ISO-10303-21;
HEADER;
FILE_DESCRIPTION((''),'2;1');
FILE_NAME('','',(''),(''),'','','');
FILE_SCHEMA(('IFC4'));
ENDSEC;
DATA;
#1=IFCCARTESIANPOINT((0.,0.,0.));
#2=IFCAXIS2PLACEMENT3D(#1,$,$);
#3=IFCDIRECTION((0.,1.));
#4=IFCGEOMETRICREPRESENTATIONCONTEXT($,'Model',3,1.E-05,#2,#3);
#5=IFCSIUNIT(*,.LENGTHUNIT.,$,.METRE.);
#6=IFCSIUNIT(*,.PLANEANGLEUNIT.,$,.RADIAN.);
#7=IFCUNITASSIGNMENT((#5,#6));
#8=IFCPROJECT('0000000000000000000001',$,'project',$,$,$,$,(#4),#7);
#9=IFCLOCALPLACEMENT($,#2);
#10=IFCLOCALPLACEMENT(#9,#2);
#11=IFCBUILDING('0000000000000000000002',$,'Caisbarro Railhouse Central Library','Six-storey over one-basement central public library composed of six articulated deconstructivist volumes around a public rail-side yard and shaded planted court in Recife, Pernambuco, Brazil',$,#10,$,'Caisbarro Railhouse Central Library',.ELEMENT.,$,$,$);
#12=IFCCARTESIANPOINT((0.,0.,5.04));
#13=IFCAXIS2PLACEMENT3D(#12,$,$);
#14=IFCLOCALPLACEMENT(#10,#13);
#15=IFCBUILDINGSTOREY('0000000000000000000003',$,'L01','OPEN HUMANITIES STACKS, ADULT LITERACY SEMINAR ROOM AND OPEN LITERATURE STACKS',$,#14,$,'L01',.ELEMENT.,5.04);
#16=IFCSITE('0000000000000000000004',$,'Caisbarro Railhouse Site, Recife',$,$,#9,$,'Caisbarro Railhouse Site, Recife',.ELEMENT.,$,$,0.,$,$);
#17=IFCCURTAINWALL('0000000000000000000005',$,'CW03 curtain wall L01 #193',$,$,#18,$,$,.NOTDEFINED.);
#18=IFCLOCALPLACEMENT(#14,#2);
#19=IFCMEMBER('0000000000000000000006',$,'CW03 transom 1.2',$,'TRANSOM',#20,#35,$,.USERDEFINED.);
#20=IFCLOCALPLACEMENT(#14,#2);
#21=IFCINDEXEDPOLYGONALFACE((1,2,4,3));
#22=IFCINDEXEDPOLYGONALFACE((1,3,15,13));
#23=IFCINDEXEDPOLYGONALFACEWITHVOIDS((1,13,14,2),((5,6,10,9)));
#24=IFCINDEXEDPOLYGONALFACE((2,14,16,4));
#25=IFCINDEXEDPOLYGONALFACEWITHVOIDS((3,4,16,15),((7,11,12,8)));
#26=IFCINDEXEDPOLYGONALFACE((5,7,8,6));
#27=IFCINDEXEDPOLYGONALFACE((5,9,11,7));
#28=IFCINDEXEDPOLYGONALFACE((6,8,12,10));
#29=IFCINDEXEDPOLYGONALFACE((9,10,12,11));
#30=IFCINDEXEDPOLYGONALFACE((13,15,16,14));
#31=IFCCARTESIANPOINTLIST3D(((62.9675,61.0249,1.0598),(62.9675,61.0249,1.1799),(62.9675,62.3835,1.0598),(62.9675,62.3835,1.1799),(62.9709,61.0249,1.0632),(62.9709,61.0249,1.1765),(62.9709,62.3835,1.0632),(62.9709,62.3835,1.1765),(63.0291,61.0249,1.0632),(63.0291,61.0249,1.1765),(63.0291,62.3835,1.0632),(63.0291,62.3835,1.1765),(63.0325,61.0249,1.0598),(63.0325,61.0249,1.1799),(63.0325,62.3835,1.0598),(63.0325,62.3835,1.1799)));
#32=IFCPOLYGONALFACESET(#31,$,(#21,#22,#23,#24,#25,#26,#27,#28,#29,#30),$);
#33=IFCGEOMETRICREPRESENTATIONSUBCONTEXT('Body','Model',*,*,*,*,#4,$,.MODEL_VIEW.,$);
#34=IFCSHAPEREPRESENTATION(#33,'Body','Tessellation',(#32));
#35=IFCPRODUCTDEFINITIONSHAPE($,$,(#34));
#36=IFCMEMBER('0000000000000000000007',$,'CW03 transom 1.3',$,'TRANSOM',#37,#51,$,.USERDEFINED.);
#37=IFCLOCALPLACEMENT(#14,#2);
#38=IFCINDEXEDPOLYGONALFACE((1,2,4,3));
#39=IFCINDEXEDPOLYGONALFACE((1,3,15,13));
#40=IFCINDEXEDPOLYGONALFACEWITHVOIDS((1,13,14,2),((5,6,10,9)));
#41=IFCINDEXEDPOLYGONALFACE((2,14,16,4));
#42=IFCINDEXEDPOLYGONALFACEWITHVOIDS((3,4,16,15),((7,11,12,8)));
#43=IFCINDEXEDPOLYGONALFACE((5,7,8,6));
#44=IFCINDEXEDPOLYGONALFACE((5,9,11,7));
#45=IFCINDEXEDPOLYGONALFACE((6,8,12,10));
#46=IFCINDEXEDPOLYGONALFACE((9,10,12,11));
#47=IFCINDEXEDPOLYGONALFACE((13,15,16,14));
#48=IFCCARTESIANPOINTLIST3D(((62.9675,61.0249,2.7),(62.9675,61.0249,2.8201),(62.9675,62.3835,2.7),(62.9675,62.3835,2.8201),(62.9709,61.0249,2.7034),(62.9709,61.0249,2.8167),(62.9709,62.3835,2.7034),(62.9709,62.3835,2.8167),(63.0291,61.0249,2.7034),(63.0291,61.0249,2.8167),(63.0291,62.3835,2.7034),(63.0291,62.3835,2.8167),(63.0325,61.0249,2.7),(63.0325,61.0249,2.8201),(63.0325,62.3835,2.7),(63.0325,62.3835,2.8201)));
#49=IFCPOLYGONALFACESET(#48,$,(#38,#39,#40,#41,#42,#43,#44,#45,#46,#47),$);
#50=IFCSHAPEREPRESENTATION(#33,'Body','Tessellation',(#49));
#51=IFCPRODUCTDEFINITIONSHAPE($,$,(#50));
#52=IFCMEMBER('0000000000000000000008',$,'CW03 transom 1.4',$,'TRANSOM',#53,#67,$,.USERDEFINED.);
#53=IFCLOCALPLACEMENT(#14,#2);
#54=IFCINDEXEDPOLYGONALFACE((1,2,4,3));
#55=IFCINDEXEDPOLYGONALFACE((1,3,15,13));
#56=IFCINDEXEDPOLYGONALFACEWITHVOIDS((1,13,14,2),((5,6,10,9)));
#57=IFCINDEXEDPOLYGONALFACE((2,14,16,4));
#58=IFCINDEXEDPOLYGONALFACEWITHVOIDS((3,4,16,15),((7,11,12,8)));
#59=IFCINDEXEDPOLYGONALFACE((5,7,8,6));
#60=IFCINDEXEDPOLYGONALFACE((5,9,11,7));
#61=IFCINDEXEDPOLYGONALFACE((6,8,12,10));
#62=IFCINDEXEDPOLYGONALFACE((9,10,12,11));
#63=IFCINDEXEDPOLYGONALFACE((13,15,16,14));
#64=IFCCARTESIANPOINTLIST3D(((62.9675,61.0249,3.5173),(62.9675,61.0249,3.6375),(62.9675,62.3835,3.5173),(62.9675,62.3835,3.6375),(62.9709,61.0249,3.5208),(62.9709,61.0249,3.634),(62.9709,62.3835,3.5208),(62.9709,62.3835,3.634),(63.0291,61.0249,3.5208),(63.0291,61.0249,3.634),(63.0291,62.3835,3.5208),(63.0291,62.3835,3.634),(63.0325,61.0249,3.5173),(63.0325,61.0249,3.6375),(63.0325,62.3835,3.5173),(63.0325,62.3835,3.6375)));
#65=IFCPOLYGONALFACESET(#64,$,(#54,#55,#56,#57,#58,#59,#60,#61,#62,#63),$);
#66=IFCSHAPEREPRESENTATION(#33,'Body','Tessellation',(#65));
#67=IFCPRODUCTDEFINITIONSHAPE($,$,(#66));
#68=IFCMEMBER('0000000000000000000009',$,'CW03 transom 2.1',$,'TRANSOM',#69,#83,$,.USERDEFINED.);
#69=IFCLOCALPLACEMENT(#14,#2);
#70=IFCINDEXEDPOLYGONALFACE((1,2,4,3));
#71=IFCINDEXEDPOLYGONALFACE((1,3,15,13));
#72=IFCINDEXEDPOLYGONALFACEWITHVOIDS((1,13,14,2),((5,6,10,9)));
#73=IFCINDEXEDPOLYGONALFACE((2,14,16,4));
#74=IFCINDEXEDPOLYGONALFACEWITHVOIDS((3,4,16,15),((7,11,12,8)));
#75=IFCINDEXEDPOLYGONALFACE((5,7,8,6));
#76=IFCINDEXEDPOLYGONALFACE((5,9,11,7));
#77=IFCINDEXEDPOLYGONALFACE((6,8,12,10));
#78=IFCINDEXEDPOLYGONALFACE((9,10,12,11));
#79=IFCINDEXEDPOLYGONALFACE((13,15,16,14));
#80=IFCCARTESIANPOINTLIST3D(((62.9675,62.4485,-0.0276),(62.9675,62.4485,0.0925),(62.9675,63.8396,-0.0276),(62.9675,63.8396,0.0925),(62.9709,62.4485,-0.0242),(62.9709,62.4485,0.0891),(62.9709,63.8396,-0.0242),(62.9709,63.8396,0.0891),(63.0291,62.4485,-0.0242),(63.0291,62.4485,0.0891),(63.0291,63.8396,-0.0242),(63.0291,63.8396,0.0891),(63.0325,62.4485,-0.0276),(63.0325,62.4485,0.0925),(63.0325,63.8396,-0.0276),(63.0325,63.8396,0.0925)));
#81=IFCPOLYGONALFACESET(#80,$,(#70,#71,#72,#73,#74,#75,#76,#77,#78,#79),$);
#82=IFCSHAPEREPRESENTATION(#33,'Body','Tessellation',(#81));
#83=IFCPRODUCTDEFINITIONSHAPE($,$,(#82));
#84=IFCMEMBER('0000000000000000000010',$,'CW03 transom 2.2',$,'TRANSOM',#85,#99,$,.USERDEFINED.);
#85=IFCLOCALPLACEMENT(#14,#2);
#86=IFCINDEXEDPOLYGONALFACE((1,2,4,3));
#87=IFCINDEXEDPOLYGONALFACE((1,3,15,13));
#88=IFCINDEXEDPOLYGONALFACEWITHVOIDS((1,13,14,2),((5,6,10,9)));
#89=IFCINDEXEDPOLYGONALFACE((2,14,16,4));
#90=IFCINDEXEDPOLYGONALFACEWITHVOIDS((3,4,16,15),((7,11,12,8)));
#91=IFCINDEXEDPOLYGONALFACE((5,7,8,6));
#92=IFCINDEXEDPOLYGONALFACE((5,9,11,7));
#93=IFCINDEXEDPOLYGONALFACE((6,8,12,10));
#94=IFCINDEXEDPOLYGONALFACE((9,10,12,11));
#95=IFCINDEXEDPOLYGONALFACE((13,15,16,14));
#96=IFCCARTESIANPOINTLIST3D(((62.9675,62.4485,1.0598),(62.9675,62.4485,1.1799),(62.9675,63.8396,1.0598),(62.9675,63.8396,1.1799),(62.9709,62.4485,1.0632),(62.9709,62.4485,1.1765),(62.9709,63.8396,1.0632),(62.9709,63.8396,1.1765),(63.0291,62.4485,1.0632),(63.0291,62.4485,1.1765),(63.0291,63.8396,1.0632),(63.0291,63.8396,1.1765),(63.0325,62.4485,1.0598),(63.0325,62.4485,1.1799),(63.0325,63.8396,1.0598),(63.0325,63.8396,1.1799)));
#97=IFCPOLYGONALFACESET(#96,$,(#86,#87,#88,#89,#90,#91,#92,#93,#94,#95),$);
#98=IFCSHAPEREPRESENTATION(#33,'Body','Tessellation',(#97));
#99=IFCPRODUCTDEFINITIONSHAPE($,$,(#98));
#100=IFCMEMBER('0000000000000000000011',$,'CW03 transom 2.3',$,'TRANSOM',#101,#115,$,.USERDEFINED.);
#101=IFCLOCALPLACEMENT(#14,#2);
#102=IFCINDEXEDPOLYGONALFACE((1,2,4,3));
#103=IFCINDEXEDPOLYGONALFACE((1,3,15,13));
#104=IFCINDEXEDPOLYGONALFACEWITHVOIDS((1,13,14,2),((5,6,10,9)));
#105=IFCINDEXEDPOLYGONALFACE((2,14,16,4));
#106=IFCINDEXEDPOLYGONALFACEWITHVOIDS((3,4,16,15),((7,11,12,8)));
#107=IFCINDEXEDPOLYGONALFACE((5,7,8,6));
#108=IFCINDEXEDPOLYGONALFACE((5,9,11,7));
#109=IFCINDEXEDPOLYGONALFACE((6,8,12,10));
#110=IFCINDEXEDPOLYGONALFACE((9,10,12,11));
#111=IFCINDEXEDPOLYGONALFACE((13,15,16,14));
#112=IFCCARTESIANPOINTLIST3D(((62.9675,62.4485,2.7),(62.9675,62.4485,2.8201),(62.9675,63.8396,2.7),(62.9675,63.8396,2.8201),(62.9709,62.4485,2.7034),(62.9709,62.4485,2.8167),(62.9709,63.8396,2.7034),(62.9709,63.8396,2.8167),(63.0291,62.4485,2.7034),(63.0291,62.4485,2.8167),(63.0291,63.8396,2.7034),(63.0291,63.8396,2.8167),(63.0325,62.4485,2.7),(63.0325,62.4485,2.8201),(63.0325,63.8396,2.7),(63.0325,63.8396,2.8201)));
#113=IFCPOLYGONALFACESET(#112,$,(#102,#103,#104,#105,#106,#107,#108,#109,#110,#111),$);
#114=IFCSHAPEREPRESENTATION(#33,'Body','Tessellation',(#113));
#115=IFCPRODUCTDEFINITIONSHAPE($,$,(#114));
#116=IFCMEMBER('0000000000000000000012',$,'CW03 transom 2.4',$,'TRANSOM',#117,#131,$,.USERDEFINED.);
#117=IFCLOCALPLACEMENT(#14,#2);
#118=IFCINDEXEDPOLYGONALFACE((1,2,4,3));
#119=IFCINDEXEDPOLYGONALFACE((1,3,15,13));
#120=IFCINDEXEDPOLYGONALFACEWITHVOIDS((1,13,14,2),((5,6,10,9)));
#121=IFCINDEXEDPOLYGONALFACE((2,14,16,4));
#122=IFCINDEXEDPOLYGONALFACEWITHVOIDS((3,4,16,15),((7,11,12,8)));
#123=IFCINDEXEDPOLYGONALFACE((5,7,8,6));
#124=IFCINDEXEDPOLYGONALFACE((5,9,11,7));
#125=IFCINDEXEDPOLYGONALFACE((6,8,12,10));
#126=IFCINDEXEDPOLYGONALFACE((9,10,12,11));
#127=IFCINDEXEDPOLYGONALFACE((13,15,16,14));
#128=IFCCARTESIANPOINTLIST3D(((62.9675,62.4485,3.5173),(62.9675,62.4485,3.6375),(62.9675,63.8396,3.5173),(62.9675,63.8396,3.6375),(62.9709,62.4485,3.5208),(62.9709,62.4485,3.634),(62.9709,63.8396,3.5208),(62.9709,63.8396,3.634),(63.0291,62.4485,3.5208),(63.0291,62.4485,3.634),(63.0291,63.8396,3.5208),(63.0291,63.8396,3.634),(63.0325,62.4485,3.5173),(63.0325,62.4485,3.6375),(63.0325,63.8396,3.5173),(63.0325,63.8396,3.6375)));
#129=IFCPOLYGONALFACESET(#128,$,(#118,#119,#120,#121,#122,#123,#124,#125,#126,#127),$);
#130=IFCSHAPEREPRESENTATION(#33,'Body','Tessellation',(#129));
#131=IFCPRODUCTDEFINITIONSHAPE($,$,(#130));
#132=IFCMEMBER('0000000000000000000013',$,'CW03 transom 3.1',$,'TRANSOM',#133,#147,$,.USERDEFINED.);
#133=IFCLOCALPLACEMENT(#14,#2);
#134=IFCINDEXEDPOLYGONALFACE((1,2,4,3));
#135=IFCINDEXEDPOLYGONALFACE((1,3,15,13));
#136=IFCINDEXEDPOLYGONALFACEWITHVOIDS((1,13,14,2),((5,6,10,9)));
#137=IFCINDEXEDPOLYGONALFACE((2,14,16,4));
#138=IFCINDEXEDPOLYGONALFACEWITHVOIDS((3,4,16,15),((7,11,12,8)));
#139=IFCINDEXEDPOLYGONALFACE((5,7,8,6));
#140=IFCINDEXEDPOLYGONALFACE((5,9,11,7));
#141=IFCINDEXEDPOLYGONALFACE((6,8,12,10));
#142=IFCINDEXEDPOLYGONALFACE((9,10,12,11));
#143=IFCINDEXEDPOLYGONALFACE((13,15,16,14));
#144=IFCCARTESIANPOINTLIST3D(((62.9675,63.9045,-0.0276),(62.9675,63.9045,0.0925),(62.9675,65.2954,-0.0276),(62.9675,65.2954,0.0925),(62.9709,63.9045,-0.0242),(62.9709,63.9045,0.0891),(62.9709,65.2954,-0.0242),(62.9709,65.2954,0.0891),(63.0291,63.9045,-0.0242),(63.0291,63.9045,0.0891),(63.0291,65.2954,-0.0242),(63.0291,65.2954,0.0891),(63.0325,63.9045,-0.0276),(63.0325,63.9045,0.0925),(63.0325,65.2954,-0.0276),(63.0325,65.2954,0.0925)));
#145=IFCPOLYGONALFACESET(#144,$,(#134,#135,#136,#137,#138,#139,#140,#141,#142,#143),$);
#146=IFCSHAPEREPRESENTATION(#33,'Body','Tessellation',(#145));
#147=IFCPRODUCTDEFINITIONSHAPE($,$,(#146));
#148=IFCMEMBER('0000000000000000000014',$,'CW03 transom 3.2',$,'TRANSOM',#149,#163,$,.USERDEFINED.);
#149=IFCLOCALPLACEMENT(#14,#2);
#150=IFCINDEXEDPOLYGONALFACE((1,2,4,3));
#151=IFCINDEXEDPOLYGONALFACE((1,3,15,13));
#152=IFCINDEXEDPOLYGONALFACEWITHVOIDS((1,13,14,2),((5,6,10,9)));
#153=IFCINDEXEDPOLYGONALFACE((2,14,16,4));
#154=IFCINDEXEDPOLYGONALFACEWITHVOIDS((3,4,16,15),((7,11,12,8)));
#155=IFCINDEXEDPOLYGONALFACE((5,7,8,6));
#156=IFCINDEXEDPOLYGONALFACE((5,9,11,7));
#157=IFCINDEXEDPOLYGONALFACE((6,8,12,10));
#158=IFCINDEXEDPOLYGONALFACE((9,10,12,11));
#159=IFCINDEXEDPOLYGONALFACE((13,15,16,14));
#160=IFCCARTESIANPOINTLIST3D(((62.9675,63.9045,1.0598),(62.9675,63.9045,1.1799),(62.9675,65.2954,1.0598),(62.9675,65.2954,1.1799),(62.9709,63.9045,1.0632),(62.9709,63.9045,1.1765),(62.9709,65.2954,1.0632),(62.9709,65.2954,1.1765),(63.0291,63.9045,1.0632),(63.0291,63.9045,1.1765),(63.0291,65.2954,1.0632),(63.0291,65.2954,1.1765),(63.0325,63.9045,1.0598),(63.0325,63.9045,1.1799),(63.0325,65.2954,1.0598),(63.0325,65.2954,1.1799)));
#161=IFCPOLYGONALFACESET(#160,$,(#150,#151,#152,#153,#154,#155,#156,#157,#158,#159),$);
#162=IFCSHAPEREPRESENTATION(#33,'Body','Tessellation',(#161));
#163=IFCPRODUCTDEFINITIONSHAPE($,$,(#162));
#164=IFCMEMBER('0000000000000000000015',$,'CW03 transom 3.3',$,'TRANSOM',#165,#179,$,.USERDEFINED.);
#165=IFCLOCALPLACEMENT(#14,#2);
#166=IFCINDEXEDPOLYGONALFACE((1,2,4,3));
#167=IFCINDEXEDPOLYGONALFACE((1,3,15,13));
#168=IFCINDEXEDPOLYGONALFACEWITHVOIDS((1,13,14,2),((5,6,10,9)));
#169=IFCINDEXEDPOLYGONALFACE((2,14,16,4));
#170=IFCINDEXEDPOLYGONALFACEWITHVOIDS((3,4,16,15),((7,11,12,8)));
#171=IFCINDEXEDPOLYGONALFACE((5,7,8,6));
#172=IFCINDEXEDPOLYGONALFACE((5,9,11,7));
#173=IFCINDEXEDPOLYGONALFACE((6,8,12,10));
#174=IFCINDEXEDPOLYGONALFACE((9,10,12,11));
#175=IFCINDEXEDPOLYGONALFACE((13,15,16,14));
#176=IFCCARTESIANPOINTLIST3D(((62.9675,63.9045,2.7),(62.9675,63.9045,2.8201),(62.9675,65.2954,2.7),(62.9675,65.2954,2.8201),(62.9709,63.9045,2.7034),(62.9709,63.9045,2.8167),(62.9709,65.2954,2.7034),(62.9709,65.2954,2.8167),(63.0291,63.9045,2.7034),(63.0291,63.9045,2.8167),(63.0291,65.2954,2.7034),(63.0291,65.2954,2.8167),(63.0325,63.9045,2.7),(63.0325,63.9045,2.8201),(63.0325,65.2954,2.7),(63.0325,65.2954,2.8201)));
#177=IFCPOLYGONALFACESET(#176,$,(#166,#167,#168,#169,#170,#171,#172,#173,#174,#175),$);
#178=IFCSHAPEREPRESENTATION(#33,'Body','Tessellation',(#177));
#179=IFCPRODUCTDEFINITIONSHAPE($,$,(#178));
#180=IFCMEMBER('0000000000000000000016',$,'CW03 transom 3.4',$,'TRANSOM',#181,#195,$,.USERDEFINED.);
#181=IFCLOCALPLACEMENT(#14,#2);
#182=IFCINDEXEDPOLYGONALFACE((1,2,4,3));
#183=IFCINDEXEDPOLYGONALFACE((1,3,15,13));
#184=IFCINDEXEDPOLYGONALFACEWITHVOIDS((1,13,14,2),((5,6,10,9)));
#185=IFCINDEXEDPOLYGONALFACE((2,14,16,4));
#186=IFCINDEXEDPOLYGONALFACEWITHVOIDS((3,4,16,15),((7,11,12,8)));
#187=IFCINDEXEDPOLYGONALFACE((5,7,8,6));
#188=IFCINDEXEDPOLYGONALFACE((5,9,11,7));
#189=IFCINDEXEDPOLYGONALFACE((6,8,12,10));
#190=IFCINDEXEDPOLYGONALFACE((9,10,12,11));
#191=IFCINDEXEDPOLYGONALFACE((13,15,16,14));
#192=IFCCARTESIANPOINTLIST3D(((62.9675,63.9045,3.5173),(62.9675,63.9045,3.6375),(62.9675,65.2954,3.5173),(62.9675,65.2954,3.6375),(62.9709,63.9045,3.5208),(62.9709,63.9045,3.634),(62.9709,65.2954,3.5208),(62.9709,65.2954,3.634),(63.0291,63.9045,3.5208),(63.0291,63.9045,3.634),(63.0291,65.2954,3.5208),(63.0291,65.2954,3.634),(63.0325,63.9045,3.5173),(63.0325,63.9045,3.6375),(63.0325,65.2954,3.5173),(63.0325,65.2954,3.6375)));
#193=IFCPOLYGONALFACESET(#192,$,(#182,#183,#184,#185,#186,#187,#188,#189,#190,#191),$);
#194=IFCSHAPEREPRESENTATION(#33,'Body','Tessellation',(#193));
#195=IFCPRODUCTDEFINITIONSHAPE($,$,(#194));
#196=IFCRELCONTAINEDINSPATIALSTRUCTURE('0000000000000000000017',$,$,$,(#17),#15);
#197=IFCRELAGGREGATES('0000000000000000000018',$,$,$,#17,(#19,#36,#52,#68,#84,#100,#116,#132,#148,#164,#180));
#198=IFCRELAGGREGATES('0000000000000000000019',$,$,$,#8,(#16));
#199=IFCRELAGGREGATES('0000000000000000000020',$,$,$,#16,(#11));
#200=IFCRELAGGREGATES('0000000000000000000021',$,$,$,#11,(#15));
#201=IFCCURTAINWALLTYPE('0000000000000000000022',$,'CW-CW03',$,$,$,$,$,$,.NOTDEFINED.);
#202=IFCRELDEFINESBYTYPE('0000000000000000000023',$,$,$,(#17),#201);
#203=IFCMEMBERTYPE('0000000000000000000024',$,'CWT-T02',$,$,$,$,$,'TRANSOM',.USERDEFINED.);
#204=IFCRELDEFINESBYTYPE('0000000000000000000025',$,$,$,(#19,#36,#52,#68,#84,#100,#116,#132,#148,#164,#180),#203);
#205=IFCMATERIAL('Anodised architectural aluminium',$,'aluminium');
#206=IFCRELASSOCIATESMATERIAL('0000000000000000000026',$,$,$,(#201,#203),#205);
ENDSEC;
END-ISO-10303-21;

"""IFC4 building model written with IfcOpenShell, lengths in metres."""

from ifc_helpers import new_model, si_unit, direction, frame, origin, origin_2d, place, context, subcontext, project, spatial, hollow_rectangle, extrude, material, material_profile, profile_set, type_object, element, aggregate, save


model = new_model("IFC4")

# Units and contexts
model_context = context("Model", 3, precision=1e-05, world=origin(), true_north=direction((0.0, 1.0)))
body_context = subcontext(model_context, "Body", "Model", "MODEL_VIEW")
ifc_project = project(units=[si_unit("LENGTHUNIT", "METRE"), si_unit("PLANEANGLEUNIT", "RADIAN")], contexts=[model_context])

# Site, building, storey
site_placement = place(None, origin())
site = spatial("IfcSite", under=ifc_project, at=site_placement, Name="Caisbarro Railhouse Site, Recife", LongName="Caisbarro Railhouse Site, Recife", CompositionType="ELEMENT", RefElevation=0.0)
building_placement = place(site_placement, origin())
building = spatial("IfcBuilding", under=site, at=building_placement, Name="Caisbarro Railhouse Central Library", Description="Six-storey over one-basement central public library composed of six articulated deconstructivist volumes around a public rail-side yard and shaded planted court in Recife, Pernambuco, Brazil", LongName="Caisbarro Railhouse Central Library", CompositionType="ELEMENT")
storey_placement = place(building_placement, frame((0.0, 0.0, 5.04)))
storey = spatial("IfcBuildingStorey", under=building, at=storey_placement, Name="L01", Description="OPEN HUMANITIES STACKS, ADULT LITERACY SEMINAR ROOM AND OPEN LITERATURE STACKS", LongName="L01", CompositionType="ELEMENT", Elevation=5.04)

# Curtain wall, members
ifc_material_1 = material(Name="Anodised architectural aluminium", Category="aluminium")
curtain_wall_type = type_object("IfcCurtainWallType", Name="CW-CW03", PredefinedType="NOTDEFINED", material=ifc_material_1)
curtain_wall_placement = place(storey_placement, origin())
curtain_wall = element("IfcCurtainWall", 1, at=curtain_wall_placement, inside=storey, type_object=curtain_wall_type, Name="CW03 curtain wall L01 #193", PredefinedType="NOTDEFINED")
ifc_material_profile_1 = material_profile(ifc_material_1, hollow_rectangle(XDim=0.0649, YDim=0.1201, WallThickness=0.0034, at=origin_2d()), Name="ALU-TRN-65X120")
ifc_profile_set_1 = profile_set([ifc_material_profile_1], Name="Anodised architectural aluminium")
member_type_1 = type_object("IfcMemberType", Name="CWT-T02", ElementType="TRANSOM", PredefinedType="USERDEFINED", material=ifc_profile_set_1)
member_1_placement = place(storey_placement, frame((63.0, 61.0249, 1.1199), z_axis=(0.0, 1.0, 0.0), x_axis=(-1.0, 0.0, 0.0)))
member_1 = element("IfcMember", 2, at=member_1_placement, type_object=member_type_1, Name="CW03 transom 1.2", ObjectType="TRANSOM", PredefinedType="USERDEFINED", context=body_context, shape_type="SweptSolid", body=[
    extrude(hollow_rectangle(XDim=0.0649, YDim=0.1201, WallThickness=0.0034, at=origin_2d()), origin(), (0.0, 0.0, 1.0), 1.3586),
])
member_2_placement = place(storey_placement, frame((63.0, 61.0249, 2.76), z_axis=(0.0, 1.0, 0.0), x_axis=(-1.0, 0.0, 0.0)))
member_2 = element("IfcMember", 3, at=member_2_placement, type_object=member_type_1, Name="CW03 transom 1.3", ObjectType="TRANSOM", PredefinedType="USERDEFINED", context=body_context, shape_type="SweptSolid", body=[
    extrude(hollow_rectangle(XDim=0.0649, YDim=0.1201, WallThickness=0.0034, at=origin_2d()), origin(), (0.0, 0.0, 1.0), 1.3586),
])
member_3_placement = place(storey_placement, frame((63.0, 61.0249, 3.5774), z_axis=(0.0, 1.0, 0.0), x_axis=(-1.0, 0.0, 0.0)))
member_3 = element("IfcMember", 4, at=member_3_placement, type_object=member_type_1, Name="CW03 transom 1.4", ObjectType="TRANSOM", PredefinedType="USERDEFINED", context=body_context, shape_type="SweptSolid", body=[
    extrude(hollow_rectangle(XDim=0.0649, YDim=0.1201, WallThickness=0.0034, at=origin_2d()), origin(), (0.0, 0.0, 1.0), 1.3586),
])
member_4_placement = place(storey_placement, frame((63.0, 62.4485, 0.0325), z_axis=(0.0, 1.0, 0.0), x_axis=(-1.0, 0.0, 0.0)))
member_4 = element("IfcMember", 5, at=member_4_placement, type_object=member_type_1, Name="CW03 transom 2.1", ObjectType="TRANSOM", PredefinedType="USERDEFINED", context=body_context, shape_type="SweptSolid", body=[
    extrude(hollow_rectangle(XDim=0.0649, YDim=0.1201, WallThickness=0.0034, at=origin_2d()), origin(), (0.0, 0.0, 1.0), 1.3911),
])
member_5_placement = place(storey_placement, frame((63.0, 62.4485, 1.1199), z_axis=(0.0, 1.0, 0.0), x_axis=(-1.0, 0.0, 0.0)))
member_5 = element("IfcMember", 6, at=member_5_placement, type_object=member_type_1, Name="CW03 transom 2.2", ObjectType="TRANSOM", PredefinedType="USERDEFINED", context=body_context, shape_type="SweptSolid", body=[
    extrude(hollow_rectangle(XDim=0.0649, YDim=0.1201, WallThickness=0.0034, at=origin_2d()), origin(), (0.0, 0.0, 1.0), 1.3911),
])
member_6_placement = place(storey_placement, frame((63.0, 62.4485, 2.76), z_axis=(0.0, 1.0, 0.0), x_axis=(-1.0, 0.0, 0.0)))
member_6 = element("IfcMember", 7, at=member_6_placement, type_object=member_type_1, Name="CW03 transom 2.3", ObjectType="TRANSOM", PredefinedType="USERDEFINED", context=body_context, shape_type="SweptSolid", body=[
    extrude(hollow_rectangle(XDim=0.0649, YDim=0.1201, WallThickness=0.0034, at=origin_2d()), origin(), (0.0, 0.0, 1.0), 1.3911),
])
member_7_placement = place(storey_placement, frame((63.0, 62.4485, 3.5774), z_axis=(0.0, 1.0, 0.0), x_axis=(-1.0, 0.0, 0.0)))
member_7 = element("IfcMember", 8, at=member_7_placement, type_object=member_type_1, Name="CW03 transom 2.4", ObjectType="TRANSOM", PredefinedType="USERDEFINED", context=body_context, shape_type="SweptSolid", body=[
    extrude(hollow_rectangle(XDim=0.0649, YDim=0.1201, WallThickness=0.0034, at=origin_2d()), origin(), (0.0, 0.0, 1.0), 1.3911),
])
member_8_placement = place(storey_placement, frame((63.0, 63.9045, 0.0325), z_axis=(0.0, 1.0, 0.0), x_axis=(-1.0, 0.0, 0.0)))
member_8 = element("IfcMember", 9, at=member_8_placement, type_object=member_type_1, Name="CW03 transom 3.1", ObjectType="TRANSOM", PredefinedType="USERDEFINED", context=body_context, shape_type="SweptSolid", body=[
    extrude(hollow_rectangle(XDim=0.0649, YDim=0.1201, WallThickness=0.0034, at=origin_2d()), origin(), (0.0, 0.0, 1.0), 1.3909),
])
member_9_placement = place(storey_placement, frame((63.0, 63.9045, 1.1199), z_axis=(0.0, 1.0, 0.0), x_axis=(-1.0, 0.0, 0.0)))
member_9 = element("IfcMember", 10, at=member_9_placement, type_object=member_type_1, Name="CW03 transom 3.2", ObjectType="TRANSOM", PredefinedType="USERDEFINED", context=body_context, shape_type="SweptSolid", body=[
    extrude(hollow_rectangle(XDim=0.0649, YDim=0.1201, WallThickness=0.0034, at=origin_2d()), origin(), (0.0, 0.0, 1.0), 1.3909),
])
member_10_placement = place(storey_placement, frame((63.0, 63.9045, 2.76), z_axis=(0.0, 1.0, 0.0), x_axis=(-1.0, 0.0, 0.0)))
member_10 = element("IfcMember", 11, at=member_10_placement, type_object=member_type_1, Name="CW03 transom 3.3", ObjectType="TRANSOM", PredefinedType="USERDEFINED", context=body_context, shape_type="SweptSolid", body=[
    extrude(hollow_rectangle(XDim=0.0649, YDim=0.1201, WallThickness=0.0034, at=origin_2d()), origin(), (0.0, 0.0, 1.0), 1.3909),
])
member_11_placement = place(storey_placement, frame((63.0, 63.9045, 3.5774), z_axis=(0.0, 1.0, 0.0), x_axis=(-1.0, 0.0, 0.0)))
member_11 = element("IfcMember", 12, at=member_11_placement, type_object=member_type_1, Name="CW03 transom 3.4", ObjectType="TRANSOM", PredefinedType="USERDEFINED", context=body_context, shape_type="SweptSolid", body=[
    extrude(hollow_rectangle(XDim=0.0649, YDim=0.1201, WallThickness=0.0034, at=origin_2d()), origin(), (0.0, 0.0, 1.0), 1.3909),
])
aggregate(curtain_wall, [member_1, member_2, member_3, member_4, member_5, member_6, member_7, member_8, member_9, member_10, member_11])

save(model, "model.ifc")
